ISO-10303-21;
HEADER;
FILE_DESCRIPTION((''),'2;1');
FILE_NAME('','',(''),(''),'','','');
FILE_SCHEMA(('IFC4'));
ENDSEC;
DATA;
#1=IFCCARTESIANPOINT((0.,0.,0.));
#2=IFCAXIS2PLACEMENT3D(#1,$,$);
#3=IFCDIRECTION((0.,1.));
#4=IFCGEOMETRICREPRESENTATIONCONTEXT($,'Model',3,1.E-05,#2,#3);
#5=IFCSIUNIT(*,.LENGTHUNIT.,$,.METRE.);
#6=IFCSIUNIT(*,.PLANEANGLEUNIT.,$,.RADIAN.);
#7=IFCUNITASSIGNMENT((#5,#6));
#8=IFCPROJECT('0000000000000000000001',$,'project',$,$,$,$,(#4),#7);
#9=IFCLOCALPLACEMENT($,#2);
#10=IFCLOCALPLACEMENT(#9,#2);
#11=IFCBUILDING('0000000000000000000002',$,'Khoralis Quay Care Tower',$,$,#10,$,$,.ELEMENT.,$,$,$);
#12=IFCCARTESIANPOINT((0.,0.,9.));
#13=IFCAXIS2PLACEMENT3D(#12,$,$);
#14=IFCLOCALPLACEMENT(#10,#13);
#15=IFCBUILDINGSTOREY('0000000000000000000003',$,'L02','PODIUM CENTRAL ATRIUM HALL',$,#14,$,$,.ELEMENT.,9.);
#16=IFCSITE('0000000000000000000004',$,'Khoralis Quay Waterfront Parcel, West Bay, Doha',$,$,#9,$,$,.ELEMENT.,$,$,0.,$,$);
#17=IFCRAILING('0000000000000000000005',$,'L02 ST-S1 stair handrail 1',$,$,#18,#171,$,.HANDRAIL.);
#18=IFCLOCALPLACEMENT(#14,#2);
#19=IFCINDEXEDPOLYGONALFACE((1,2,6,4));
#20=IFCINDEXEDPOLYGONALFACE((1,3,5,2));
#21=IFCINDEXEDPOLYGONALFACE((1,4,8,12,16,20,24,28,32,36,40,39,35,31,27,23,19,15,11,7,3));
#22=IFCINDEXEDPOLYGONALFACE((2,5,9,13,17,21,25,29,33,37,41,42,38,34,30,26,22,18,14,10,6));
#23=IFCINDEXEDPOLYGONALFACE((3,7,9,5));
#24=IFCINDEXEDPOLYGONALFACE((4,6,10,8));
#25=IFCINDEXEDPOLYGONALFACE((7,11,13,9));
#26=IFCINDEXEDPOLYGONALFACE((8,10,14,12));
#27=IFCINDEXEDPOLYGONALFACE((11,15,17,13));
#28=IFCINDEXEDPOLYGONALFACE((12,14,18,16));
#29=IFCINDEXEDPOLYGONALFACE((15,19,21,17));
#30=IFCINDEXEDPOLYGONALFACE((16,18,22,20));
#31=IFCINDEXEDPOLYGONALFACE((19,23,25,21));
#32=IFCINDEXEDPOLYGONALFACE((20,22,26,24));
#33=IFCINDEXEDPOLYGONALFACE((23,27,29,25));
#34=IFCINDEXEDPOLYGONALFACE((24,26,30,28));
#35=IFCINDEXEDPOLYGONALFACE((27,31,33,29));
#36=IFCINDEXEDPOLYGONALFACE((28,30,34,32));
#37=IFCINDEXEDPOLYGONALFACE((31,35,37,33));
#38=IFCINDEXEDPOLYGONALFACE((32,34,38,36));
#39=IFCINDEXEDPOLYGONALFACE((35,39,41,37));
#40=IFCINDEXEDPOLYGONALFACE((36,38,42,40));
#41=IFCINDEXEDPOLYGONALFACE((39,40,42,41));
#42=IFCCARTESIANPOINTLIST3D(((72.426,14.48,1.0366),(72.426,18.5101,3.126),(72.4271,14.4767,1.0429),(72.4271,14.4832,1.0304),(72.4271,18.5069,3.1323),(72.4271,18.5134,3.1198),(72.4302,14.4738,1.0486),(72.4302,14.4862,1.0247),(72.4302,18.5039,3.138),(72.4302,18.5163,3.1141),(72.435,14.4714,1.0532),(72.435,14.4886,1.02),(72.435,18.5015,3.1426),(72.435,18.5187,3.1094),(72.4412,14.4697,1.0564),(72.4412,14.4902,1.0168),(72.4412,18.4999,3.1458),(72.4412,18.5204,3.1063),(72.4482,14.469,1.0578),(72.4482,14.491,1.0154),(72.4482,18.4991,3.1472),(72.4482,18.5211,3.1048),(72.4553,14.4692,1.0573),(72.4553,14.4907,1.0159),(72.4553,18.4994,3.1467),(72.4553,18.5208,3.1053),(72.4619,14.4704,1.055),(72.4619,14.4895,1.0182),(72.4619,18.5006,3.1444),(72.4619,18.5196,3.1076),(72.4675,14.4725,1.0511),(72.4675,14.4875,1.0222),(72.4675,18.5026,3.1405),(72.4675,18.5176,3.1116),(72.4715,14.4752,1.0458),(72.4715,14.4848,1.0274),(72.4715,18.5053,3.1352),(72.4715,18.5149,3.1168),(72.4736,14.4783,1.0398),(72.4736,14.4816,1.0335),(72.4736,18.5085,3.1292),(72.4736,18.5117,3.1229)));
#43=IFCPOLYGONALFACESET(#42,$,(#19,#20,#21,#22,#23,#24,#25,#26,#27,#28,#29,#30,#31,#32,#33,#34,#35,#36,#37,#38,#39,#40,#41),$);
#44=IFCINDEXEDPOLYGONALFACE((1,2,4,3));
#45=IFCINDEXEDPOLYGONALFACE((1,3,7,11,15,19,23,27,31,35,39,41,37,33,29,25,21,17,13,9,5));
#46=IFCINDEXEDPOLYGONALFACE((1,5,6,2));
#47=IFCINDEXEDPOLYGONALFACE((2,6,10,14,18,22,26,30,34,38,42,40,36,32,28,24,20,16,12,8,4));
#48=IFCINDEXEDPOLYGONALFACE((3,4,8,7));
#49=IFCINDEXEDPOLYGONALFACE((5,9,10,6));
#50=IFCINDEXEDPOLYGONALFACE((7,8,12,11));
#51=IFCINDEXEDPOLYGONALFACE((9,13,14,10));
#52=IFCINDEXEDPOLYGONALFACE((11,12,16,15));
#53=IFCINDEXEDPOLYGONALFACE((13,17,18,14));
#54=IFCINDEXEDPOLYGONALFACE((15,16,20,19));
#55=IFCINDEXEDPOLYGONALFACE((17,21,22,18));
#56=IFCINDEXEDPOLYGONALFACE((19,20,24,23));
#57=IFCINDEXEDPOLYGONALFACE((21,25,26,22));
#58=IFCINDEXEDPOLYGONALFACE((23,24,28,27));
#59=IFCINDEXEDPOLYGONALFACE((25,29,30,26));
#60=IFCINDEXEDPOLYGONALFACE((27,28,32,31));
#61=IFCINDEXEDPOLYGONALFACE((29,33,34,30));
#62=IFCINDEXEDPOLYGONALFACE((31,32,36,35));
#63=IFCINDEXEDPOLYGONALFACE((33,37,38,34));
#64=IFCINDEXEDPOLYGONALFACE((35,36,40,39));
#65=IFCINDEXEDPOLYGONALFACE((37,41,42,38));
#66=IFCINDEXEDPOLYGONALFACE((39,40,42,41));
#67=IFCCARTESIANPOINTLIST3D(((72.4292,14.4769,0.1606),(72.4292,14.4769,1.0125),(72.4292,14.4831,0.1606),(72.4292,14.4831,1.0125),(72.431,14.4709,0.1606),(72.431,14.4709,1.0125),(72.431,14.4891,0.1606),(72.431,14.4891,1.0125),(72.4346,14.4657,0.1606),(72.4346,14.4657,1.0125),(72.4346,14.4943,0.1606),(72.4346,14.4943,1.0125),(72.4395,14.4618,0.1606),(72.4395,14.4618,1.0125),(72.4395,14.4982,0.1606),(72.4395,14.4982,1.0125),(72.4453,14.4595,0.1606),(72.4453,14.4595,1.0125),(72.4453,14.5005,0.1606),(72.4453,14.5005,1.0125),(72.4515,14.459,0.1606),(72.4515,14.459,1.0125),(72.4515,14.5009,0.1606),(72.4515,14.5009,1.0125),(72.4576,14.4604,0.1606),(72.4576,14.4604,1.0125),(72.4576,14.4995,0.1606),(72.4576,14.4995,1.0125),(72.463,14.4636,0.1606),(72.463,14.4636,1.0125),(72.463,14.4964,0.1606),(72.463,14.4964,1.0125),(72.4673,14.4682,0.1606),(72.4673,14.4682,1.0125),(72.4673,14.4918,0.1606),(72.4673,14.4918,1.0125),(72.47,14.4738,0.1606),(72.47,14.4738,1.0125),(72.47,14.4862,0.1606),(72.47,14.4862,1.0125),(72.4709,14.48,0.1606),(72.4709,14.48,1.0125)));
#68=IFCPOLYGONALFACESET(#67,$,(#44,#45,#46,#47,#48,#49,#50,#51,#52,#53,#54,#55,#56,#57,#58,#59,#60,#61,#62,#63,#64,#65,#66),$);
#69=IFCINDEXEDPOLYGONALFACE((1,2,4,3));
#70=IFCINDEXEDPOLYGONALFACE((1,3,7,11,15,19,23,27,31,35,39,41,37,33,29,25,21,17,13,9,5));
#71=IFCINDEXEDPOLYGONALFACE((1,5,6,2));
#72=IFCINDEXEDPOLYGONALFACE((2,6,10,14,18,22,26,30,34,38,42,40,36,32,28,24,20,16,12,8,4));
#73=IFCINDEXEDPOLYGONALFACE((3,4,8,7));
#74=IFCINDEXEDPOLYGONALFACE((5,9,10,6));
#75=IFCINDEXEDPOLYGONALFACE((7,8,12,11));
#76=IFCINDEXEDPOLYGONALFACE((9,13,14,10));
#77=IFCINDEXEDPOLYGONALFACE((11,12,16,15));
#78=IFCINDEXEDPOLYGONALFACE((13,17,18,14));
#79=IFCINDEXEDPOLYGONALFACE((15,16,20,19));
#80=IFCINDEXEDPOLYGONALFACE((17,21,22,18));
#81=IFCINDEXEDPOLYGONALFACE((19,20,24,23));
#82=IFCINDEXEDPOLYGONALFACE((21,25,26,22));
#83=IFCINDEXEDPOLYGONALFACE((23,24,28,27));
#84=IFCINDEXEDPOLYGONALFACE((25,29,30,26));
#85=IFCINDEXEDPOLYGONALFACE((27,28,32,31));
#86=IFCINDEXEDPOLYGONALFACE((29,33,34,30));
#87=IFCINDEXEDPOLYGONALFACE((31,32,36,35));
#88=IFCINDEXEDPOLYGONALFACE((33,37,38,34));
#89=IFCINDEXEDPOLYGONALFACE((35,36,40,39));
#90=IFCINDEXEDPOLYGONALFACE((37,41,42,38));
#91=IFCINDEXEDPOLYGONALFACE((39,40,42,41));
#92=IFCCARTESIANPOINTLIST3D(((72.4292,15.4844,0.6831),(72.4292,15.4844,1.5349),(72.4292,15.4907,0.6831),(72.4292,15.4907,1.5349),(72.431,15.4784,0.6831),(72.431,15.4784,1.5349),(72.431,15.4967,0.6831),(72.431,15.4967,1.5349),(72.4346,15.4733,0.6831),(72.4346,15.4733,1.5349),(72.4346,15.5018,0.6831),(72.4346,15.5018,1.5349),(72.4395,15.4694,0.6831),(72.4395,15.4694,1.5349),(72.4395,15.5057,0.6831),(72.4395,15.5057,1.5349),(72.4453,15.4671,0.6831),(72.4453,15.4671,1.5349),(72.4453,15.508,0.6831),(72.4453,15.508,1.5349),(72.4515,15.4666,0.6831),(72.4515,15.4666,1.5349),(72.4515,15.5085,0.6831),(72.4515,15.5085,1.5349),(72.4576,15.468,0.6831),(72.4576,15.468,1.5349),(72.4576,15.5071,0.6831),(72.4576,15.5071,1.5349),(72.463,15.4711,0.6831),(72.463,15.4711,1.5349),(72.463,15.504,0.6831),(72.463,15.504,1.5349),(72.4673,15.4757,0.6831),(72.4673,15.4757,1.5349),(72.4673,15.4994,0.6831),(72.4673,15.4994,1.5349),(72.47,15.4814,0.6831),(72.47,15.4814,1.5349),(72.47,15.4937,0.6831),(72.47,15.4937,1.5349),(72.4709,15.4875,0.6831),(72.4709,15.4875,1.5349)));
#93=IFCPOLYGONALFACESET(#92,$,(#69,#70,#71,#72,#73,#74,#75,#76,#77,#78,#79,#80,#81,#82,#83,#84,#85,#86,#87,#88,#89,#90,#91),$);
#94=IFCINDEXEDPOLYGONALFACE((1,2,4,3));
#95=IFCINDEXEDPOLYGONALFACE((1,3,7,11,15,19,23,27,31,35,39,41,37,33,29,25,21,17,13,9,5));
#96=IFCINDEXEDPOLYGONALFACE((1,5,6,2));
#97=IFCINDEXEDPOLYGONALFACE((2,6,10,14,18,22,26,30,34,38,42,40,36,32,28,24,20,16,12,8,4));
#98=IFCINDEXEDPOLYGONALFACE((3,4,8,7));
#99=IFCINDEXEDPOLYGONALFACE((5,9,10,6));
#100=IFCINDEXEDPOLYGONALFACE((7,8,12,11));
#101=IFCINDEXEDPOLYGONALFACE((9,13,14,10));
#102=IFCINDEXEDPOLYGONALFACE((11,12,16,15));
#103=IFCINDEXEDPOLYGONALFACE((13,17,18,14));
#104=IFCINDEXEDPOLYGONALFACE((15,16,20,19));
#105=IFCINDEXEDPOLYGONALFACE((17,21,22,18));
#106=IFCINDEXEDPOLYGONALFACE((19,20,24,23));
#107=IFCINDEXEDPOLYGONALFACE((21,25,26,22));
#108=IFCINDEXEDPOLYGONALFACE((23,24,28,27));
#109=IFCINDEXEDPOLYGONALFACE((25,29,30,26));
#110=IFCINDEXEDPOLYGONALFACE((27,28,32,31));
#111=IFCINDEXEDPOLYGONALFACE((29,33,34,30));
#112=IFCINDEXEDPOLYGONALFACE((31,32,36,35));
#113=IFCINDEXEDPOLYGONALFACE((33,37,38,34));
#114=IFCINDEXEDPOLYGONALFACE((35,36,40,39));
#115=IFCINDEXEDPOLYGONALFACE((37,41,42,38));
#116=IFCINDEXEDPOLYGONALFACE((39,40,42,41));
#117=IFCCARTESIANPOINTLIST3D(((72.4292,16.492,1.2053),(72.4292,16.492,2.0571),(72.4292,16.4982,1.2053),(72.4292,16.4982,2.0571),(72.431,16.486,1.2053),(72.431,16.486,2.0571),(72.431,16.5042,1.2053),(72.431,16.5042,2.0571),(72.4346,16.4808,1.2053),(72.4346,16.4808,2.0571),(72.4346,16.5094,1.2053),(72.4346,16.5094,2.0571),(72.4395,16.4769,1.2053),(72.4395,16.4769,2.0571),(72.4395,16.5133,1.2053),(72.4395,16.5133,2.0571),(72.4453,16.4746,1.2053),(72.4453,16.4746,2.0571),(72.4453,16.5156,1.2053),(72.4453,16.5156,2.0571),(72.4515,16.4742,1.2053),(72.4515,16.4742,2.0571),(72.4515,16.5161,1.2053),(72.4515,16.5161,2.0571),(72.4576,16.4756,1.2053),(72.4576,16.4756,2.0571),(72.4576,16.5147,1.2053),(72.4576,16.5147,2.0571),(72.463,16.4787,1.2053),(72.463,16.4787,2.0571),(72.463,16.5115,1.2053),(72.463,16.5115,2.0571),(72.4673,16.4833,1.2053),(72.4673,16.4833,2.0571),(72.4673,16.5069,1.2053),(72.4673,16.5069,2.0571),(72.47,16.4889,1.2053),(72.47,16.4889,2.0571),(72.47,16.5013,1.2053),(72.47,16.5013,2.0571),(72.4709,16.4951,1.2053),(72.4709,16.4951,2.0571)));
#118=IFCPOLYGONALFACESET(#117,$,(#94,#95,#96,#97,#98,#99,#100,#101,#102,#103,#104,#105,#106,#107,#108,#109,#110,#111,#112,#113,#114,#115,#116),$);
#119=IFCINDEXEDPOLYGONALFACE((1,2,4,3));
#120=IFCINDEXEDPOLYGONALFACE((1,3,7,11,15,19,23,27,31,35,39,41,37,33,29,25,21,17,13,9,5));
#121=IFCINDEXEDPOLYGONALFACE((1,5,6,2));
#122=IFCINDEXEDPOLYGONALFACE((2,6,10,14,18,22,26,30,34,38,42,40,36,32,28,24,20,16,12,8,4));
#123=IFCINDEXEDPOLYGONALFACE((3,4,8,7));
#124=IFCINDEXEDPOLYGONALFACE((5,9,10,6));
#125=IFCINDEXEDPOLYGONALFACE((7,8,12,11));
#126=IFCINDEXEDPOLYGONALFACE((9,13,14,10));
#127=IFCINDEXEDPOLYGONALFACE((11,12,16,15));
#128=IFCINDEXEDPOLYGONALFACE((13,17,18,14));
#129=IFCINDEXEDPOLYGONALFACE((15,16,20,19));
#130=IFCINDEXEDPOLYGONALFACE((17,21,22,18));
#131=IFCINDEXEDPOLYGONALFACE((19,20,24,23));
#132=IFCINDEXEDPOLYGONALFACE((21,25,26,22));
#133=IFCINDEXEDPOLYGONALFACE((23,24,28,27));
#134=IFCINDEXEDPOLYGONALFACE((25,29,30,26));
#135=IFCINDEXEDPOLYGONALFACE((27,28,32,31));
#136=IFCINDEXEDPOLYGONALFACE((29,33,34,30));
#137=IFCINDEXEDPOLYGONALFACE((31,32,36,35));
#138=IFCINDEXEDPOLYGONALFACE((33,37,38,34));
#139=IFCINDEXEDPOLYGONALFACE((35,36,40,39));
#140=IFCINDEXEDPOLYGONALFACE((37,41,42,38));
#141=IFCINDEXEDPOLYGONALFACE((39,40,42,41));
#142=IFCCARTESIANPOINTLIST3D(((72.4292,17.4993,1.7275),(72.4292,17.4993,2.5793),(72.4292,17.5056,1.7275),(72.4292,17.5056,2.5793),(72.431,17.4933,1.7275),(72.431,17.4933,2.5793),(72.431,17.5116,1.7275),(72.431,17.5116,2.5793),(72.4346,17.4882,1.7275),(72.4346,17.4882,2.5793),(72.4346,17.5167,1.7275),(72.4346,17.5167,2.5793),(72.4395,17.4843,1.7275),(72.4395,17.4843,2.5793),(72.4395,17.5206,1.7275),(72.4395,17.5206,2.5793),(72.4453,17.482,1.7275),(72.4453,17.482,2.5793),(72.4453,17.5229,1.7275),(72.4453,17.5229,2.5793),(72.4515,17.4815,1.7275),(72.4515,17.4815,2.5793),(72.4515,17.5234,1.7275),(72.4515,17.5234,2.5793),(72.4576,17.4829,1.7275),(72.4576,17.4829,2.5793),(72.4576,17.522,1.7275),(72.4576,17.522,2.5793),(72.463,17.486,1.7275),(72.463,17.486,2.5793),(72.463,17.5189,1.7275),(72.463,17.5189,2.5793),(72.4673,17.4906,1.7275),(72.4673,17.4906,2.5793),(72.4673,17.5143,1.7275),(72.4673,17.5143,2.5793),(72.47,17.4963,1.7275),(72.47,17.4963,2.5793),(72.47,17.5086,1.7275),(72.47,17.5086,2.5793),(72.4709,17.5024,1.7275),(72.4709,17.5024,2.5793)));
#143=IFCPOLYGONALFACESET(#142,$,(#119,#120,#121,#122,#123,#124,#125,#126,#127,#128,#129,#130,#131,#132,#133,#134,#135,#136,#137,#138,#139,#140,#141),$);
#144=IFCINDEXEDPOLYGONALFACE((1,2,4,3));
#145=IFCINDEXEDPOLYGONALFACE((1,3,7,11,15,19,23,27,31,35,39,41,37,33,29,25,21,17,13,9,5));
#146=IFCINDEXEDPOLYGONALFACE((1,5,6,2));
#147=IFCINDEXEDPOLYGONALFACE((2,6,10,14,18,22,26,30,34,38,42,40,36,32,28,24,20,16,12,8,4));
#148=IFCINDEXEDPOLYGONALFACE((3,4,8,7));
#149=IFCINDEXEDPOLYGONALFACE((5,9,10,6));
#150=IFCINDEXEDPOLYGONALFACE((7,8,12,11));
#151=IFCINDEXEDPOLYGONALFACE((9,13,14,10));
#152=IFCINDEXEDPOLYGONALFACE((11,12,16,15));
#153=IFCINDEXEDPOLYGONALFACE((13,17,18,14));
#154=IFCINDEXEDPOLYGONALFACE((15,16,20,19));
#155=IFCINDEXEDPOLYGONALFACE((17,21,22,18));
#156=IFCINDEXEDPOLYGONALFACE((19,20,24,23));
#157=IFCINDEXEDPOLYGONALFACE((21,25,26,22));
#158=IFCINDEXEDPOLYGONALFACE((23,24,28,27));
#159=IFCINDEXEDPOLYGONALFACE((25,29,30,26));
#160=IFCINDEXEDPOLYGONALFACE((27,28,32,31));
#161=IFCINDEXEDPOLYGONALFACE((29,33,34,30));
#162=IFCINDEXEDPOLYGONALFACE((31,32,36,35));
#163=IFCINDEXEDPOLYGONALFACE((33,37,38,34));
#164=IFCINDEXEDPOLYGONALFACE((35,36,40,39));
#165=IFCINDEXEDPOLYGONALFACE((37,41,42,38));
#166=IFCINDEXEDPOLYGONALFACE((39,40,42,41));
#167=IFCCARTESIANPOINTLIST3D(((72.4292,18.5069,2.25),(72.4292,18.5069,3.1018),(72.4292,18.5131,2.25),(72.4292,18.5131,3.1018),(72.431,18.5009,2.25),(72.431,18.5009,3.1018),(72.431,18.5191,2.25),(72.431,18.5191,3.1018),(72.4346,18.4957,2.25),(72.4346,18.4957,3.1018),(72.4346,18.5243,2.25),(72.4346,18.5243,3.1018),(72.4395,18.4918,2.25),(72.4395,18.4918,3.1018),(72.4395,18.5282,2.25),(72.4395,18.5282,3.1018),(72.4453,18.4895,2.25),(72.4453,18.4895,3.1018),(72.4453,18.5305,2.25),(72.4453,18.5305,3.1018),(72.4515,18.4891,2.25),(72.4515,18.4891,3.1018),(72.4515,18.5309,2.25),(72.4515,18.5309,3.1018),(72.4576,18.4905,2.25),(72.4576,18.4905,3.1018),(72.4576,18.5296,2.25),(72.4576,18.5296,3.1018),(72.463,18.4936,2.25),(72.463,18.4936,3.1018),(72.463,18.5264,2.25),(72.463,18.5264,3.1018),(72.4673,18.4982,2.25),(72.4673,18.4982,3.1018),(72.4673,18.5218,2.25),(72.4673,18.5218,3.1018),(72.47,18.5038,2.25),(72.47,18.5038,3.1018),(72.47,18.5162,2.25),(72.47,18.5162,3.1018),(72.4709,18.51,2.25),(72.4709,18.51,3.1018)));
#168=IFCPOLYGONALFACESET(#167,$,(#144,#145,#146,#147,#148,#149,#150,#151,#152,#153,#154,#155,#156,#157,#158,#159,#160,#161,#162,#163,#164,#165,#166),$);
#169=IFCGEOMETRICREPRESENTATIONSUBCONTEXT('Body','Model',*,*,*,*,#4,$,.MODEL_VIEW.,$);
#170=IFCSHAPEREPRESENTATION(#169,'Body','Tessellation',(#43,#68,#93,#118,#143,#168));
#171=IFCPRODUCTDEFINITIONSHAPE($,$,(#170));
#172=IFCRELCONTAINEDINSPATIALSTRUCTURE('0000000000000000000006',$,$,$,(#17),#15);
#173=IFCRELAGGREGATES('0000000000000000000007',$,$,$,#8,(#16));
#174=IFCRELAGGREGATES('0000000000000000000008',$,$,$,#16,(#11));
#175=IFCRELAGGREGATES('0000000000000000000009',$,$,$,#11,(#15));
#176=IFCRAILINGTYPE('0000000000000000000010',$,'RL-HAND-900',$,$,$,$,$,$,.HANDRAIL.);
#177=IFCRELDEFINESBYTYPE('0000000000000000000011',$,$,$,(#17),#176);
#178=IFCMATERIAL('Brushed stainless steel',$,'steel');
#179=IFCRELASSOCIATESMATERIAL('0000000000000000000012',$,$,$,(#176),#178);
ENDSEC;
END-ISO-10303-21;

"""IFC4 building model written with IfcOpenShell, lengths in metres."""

from ifc_helpers import new_model, si_unit, direction, frame, origin, origin_2d, place, context, subcontext, project, spatial, circle, extrude, material, type_object, element, save


model = new_model("IFC4")

# Units and contexts
model_context = context("Model", 3, precision=1e-05, world=origin(), true_north=direction((0.0, 1.0)))
body_context = subcontext(model_context, "Body", "Model", "MODEL_VIEW")
ifc_project = project(units=[si_unit("LENGTHUNIT", "METRE"), si_unit("PLANEANGLEUNIT", "RADIAN")], contexts=[model_context])

# Site, building, storey
site_placement = place(None, origin())
site = spatial("IfcSite", under=ifc_project, at=site_placement, Name="Khoralis Quay Waterfront Parcel, West Bay, Doha", CompositionType="ELEMENT", RefElevation=0.0)
building_placement = place(site_placement, origin())
building = spatial("IfcBuilding", under=site, at=building_placement, Name="Khoralis Quay Care Tower", CompositionType="ELEMENT")
storey_placement = place(building_placement, frame((0.0, 0.0, 9.0)))
storey = spatial("IfcBuildingStorey", under=building, at=storey_placement, Name="L02", Description="PODIUM CENTRAL ATRIUM HALL", CompositionType="ELEMENT", Elevation=9.0)

# Railing
ifc_material_1 = material(Name="Brushed stainless steel", Category="steel")
railing_type_1 = type_object("IfcRailingType", Name="RL-HAND-900", PredefinedType="HANDRAIL", material=ifc_material_1)
railing_1_placement = place(storey_placement, frame((72.45, 14.48, 0.1606)))
element("IfcRailing", 1, at=railing_1_placement, inside=storey, type_object=railing_type_1, Name="L02 ST-S1 stair handrail 1", PredefinedType="HANDRAIL", context=body_context, shape_type="SweptSolid", body=[
    extrude(circle(Radius=0.0239, at=origin_2d()), frame((0.0, 0.0, 0.876), z_axis=(0.0, 0.887781, 0.460267), x_axis=(-1.0, 0.0, 0.0)), (0.0, 0.0, 1.0), 4.5396),
    extrude(circle(Radius=0.021, at=origin_2d()), origin(), (0.0, 0.0, 1.0), 0.8518),
    extrude(circle(Radius=0.021, at=origin_2d()), frame((0.0, 1.0076, 0.5225)), (0.0, 0.0, 1.0), 0.8518),
    extrude(circle(Radius=0.021, at=origin_2d()), frame((0.0, 2.0151, 1.0447)), (0.0, 0.0, 1.0), 0.8518),
    extrude(circle(Radius=0.021, at=origin_2d()), frame((0.0, 3.0225, 1.5669)), (0.0, 0.0, 1.0), 0.8518),
    extrude(circle(Radius=0.021, at=origin_2d()), frame((0.0, 4.03, 2.0894)), (0.0, 0.0, 1.0), 0.8518),
])

save(model, "model.ifc")
